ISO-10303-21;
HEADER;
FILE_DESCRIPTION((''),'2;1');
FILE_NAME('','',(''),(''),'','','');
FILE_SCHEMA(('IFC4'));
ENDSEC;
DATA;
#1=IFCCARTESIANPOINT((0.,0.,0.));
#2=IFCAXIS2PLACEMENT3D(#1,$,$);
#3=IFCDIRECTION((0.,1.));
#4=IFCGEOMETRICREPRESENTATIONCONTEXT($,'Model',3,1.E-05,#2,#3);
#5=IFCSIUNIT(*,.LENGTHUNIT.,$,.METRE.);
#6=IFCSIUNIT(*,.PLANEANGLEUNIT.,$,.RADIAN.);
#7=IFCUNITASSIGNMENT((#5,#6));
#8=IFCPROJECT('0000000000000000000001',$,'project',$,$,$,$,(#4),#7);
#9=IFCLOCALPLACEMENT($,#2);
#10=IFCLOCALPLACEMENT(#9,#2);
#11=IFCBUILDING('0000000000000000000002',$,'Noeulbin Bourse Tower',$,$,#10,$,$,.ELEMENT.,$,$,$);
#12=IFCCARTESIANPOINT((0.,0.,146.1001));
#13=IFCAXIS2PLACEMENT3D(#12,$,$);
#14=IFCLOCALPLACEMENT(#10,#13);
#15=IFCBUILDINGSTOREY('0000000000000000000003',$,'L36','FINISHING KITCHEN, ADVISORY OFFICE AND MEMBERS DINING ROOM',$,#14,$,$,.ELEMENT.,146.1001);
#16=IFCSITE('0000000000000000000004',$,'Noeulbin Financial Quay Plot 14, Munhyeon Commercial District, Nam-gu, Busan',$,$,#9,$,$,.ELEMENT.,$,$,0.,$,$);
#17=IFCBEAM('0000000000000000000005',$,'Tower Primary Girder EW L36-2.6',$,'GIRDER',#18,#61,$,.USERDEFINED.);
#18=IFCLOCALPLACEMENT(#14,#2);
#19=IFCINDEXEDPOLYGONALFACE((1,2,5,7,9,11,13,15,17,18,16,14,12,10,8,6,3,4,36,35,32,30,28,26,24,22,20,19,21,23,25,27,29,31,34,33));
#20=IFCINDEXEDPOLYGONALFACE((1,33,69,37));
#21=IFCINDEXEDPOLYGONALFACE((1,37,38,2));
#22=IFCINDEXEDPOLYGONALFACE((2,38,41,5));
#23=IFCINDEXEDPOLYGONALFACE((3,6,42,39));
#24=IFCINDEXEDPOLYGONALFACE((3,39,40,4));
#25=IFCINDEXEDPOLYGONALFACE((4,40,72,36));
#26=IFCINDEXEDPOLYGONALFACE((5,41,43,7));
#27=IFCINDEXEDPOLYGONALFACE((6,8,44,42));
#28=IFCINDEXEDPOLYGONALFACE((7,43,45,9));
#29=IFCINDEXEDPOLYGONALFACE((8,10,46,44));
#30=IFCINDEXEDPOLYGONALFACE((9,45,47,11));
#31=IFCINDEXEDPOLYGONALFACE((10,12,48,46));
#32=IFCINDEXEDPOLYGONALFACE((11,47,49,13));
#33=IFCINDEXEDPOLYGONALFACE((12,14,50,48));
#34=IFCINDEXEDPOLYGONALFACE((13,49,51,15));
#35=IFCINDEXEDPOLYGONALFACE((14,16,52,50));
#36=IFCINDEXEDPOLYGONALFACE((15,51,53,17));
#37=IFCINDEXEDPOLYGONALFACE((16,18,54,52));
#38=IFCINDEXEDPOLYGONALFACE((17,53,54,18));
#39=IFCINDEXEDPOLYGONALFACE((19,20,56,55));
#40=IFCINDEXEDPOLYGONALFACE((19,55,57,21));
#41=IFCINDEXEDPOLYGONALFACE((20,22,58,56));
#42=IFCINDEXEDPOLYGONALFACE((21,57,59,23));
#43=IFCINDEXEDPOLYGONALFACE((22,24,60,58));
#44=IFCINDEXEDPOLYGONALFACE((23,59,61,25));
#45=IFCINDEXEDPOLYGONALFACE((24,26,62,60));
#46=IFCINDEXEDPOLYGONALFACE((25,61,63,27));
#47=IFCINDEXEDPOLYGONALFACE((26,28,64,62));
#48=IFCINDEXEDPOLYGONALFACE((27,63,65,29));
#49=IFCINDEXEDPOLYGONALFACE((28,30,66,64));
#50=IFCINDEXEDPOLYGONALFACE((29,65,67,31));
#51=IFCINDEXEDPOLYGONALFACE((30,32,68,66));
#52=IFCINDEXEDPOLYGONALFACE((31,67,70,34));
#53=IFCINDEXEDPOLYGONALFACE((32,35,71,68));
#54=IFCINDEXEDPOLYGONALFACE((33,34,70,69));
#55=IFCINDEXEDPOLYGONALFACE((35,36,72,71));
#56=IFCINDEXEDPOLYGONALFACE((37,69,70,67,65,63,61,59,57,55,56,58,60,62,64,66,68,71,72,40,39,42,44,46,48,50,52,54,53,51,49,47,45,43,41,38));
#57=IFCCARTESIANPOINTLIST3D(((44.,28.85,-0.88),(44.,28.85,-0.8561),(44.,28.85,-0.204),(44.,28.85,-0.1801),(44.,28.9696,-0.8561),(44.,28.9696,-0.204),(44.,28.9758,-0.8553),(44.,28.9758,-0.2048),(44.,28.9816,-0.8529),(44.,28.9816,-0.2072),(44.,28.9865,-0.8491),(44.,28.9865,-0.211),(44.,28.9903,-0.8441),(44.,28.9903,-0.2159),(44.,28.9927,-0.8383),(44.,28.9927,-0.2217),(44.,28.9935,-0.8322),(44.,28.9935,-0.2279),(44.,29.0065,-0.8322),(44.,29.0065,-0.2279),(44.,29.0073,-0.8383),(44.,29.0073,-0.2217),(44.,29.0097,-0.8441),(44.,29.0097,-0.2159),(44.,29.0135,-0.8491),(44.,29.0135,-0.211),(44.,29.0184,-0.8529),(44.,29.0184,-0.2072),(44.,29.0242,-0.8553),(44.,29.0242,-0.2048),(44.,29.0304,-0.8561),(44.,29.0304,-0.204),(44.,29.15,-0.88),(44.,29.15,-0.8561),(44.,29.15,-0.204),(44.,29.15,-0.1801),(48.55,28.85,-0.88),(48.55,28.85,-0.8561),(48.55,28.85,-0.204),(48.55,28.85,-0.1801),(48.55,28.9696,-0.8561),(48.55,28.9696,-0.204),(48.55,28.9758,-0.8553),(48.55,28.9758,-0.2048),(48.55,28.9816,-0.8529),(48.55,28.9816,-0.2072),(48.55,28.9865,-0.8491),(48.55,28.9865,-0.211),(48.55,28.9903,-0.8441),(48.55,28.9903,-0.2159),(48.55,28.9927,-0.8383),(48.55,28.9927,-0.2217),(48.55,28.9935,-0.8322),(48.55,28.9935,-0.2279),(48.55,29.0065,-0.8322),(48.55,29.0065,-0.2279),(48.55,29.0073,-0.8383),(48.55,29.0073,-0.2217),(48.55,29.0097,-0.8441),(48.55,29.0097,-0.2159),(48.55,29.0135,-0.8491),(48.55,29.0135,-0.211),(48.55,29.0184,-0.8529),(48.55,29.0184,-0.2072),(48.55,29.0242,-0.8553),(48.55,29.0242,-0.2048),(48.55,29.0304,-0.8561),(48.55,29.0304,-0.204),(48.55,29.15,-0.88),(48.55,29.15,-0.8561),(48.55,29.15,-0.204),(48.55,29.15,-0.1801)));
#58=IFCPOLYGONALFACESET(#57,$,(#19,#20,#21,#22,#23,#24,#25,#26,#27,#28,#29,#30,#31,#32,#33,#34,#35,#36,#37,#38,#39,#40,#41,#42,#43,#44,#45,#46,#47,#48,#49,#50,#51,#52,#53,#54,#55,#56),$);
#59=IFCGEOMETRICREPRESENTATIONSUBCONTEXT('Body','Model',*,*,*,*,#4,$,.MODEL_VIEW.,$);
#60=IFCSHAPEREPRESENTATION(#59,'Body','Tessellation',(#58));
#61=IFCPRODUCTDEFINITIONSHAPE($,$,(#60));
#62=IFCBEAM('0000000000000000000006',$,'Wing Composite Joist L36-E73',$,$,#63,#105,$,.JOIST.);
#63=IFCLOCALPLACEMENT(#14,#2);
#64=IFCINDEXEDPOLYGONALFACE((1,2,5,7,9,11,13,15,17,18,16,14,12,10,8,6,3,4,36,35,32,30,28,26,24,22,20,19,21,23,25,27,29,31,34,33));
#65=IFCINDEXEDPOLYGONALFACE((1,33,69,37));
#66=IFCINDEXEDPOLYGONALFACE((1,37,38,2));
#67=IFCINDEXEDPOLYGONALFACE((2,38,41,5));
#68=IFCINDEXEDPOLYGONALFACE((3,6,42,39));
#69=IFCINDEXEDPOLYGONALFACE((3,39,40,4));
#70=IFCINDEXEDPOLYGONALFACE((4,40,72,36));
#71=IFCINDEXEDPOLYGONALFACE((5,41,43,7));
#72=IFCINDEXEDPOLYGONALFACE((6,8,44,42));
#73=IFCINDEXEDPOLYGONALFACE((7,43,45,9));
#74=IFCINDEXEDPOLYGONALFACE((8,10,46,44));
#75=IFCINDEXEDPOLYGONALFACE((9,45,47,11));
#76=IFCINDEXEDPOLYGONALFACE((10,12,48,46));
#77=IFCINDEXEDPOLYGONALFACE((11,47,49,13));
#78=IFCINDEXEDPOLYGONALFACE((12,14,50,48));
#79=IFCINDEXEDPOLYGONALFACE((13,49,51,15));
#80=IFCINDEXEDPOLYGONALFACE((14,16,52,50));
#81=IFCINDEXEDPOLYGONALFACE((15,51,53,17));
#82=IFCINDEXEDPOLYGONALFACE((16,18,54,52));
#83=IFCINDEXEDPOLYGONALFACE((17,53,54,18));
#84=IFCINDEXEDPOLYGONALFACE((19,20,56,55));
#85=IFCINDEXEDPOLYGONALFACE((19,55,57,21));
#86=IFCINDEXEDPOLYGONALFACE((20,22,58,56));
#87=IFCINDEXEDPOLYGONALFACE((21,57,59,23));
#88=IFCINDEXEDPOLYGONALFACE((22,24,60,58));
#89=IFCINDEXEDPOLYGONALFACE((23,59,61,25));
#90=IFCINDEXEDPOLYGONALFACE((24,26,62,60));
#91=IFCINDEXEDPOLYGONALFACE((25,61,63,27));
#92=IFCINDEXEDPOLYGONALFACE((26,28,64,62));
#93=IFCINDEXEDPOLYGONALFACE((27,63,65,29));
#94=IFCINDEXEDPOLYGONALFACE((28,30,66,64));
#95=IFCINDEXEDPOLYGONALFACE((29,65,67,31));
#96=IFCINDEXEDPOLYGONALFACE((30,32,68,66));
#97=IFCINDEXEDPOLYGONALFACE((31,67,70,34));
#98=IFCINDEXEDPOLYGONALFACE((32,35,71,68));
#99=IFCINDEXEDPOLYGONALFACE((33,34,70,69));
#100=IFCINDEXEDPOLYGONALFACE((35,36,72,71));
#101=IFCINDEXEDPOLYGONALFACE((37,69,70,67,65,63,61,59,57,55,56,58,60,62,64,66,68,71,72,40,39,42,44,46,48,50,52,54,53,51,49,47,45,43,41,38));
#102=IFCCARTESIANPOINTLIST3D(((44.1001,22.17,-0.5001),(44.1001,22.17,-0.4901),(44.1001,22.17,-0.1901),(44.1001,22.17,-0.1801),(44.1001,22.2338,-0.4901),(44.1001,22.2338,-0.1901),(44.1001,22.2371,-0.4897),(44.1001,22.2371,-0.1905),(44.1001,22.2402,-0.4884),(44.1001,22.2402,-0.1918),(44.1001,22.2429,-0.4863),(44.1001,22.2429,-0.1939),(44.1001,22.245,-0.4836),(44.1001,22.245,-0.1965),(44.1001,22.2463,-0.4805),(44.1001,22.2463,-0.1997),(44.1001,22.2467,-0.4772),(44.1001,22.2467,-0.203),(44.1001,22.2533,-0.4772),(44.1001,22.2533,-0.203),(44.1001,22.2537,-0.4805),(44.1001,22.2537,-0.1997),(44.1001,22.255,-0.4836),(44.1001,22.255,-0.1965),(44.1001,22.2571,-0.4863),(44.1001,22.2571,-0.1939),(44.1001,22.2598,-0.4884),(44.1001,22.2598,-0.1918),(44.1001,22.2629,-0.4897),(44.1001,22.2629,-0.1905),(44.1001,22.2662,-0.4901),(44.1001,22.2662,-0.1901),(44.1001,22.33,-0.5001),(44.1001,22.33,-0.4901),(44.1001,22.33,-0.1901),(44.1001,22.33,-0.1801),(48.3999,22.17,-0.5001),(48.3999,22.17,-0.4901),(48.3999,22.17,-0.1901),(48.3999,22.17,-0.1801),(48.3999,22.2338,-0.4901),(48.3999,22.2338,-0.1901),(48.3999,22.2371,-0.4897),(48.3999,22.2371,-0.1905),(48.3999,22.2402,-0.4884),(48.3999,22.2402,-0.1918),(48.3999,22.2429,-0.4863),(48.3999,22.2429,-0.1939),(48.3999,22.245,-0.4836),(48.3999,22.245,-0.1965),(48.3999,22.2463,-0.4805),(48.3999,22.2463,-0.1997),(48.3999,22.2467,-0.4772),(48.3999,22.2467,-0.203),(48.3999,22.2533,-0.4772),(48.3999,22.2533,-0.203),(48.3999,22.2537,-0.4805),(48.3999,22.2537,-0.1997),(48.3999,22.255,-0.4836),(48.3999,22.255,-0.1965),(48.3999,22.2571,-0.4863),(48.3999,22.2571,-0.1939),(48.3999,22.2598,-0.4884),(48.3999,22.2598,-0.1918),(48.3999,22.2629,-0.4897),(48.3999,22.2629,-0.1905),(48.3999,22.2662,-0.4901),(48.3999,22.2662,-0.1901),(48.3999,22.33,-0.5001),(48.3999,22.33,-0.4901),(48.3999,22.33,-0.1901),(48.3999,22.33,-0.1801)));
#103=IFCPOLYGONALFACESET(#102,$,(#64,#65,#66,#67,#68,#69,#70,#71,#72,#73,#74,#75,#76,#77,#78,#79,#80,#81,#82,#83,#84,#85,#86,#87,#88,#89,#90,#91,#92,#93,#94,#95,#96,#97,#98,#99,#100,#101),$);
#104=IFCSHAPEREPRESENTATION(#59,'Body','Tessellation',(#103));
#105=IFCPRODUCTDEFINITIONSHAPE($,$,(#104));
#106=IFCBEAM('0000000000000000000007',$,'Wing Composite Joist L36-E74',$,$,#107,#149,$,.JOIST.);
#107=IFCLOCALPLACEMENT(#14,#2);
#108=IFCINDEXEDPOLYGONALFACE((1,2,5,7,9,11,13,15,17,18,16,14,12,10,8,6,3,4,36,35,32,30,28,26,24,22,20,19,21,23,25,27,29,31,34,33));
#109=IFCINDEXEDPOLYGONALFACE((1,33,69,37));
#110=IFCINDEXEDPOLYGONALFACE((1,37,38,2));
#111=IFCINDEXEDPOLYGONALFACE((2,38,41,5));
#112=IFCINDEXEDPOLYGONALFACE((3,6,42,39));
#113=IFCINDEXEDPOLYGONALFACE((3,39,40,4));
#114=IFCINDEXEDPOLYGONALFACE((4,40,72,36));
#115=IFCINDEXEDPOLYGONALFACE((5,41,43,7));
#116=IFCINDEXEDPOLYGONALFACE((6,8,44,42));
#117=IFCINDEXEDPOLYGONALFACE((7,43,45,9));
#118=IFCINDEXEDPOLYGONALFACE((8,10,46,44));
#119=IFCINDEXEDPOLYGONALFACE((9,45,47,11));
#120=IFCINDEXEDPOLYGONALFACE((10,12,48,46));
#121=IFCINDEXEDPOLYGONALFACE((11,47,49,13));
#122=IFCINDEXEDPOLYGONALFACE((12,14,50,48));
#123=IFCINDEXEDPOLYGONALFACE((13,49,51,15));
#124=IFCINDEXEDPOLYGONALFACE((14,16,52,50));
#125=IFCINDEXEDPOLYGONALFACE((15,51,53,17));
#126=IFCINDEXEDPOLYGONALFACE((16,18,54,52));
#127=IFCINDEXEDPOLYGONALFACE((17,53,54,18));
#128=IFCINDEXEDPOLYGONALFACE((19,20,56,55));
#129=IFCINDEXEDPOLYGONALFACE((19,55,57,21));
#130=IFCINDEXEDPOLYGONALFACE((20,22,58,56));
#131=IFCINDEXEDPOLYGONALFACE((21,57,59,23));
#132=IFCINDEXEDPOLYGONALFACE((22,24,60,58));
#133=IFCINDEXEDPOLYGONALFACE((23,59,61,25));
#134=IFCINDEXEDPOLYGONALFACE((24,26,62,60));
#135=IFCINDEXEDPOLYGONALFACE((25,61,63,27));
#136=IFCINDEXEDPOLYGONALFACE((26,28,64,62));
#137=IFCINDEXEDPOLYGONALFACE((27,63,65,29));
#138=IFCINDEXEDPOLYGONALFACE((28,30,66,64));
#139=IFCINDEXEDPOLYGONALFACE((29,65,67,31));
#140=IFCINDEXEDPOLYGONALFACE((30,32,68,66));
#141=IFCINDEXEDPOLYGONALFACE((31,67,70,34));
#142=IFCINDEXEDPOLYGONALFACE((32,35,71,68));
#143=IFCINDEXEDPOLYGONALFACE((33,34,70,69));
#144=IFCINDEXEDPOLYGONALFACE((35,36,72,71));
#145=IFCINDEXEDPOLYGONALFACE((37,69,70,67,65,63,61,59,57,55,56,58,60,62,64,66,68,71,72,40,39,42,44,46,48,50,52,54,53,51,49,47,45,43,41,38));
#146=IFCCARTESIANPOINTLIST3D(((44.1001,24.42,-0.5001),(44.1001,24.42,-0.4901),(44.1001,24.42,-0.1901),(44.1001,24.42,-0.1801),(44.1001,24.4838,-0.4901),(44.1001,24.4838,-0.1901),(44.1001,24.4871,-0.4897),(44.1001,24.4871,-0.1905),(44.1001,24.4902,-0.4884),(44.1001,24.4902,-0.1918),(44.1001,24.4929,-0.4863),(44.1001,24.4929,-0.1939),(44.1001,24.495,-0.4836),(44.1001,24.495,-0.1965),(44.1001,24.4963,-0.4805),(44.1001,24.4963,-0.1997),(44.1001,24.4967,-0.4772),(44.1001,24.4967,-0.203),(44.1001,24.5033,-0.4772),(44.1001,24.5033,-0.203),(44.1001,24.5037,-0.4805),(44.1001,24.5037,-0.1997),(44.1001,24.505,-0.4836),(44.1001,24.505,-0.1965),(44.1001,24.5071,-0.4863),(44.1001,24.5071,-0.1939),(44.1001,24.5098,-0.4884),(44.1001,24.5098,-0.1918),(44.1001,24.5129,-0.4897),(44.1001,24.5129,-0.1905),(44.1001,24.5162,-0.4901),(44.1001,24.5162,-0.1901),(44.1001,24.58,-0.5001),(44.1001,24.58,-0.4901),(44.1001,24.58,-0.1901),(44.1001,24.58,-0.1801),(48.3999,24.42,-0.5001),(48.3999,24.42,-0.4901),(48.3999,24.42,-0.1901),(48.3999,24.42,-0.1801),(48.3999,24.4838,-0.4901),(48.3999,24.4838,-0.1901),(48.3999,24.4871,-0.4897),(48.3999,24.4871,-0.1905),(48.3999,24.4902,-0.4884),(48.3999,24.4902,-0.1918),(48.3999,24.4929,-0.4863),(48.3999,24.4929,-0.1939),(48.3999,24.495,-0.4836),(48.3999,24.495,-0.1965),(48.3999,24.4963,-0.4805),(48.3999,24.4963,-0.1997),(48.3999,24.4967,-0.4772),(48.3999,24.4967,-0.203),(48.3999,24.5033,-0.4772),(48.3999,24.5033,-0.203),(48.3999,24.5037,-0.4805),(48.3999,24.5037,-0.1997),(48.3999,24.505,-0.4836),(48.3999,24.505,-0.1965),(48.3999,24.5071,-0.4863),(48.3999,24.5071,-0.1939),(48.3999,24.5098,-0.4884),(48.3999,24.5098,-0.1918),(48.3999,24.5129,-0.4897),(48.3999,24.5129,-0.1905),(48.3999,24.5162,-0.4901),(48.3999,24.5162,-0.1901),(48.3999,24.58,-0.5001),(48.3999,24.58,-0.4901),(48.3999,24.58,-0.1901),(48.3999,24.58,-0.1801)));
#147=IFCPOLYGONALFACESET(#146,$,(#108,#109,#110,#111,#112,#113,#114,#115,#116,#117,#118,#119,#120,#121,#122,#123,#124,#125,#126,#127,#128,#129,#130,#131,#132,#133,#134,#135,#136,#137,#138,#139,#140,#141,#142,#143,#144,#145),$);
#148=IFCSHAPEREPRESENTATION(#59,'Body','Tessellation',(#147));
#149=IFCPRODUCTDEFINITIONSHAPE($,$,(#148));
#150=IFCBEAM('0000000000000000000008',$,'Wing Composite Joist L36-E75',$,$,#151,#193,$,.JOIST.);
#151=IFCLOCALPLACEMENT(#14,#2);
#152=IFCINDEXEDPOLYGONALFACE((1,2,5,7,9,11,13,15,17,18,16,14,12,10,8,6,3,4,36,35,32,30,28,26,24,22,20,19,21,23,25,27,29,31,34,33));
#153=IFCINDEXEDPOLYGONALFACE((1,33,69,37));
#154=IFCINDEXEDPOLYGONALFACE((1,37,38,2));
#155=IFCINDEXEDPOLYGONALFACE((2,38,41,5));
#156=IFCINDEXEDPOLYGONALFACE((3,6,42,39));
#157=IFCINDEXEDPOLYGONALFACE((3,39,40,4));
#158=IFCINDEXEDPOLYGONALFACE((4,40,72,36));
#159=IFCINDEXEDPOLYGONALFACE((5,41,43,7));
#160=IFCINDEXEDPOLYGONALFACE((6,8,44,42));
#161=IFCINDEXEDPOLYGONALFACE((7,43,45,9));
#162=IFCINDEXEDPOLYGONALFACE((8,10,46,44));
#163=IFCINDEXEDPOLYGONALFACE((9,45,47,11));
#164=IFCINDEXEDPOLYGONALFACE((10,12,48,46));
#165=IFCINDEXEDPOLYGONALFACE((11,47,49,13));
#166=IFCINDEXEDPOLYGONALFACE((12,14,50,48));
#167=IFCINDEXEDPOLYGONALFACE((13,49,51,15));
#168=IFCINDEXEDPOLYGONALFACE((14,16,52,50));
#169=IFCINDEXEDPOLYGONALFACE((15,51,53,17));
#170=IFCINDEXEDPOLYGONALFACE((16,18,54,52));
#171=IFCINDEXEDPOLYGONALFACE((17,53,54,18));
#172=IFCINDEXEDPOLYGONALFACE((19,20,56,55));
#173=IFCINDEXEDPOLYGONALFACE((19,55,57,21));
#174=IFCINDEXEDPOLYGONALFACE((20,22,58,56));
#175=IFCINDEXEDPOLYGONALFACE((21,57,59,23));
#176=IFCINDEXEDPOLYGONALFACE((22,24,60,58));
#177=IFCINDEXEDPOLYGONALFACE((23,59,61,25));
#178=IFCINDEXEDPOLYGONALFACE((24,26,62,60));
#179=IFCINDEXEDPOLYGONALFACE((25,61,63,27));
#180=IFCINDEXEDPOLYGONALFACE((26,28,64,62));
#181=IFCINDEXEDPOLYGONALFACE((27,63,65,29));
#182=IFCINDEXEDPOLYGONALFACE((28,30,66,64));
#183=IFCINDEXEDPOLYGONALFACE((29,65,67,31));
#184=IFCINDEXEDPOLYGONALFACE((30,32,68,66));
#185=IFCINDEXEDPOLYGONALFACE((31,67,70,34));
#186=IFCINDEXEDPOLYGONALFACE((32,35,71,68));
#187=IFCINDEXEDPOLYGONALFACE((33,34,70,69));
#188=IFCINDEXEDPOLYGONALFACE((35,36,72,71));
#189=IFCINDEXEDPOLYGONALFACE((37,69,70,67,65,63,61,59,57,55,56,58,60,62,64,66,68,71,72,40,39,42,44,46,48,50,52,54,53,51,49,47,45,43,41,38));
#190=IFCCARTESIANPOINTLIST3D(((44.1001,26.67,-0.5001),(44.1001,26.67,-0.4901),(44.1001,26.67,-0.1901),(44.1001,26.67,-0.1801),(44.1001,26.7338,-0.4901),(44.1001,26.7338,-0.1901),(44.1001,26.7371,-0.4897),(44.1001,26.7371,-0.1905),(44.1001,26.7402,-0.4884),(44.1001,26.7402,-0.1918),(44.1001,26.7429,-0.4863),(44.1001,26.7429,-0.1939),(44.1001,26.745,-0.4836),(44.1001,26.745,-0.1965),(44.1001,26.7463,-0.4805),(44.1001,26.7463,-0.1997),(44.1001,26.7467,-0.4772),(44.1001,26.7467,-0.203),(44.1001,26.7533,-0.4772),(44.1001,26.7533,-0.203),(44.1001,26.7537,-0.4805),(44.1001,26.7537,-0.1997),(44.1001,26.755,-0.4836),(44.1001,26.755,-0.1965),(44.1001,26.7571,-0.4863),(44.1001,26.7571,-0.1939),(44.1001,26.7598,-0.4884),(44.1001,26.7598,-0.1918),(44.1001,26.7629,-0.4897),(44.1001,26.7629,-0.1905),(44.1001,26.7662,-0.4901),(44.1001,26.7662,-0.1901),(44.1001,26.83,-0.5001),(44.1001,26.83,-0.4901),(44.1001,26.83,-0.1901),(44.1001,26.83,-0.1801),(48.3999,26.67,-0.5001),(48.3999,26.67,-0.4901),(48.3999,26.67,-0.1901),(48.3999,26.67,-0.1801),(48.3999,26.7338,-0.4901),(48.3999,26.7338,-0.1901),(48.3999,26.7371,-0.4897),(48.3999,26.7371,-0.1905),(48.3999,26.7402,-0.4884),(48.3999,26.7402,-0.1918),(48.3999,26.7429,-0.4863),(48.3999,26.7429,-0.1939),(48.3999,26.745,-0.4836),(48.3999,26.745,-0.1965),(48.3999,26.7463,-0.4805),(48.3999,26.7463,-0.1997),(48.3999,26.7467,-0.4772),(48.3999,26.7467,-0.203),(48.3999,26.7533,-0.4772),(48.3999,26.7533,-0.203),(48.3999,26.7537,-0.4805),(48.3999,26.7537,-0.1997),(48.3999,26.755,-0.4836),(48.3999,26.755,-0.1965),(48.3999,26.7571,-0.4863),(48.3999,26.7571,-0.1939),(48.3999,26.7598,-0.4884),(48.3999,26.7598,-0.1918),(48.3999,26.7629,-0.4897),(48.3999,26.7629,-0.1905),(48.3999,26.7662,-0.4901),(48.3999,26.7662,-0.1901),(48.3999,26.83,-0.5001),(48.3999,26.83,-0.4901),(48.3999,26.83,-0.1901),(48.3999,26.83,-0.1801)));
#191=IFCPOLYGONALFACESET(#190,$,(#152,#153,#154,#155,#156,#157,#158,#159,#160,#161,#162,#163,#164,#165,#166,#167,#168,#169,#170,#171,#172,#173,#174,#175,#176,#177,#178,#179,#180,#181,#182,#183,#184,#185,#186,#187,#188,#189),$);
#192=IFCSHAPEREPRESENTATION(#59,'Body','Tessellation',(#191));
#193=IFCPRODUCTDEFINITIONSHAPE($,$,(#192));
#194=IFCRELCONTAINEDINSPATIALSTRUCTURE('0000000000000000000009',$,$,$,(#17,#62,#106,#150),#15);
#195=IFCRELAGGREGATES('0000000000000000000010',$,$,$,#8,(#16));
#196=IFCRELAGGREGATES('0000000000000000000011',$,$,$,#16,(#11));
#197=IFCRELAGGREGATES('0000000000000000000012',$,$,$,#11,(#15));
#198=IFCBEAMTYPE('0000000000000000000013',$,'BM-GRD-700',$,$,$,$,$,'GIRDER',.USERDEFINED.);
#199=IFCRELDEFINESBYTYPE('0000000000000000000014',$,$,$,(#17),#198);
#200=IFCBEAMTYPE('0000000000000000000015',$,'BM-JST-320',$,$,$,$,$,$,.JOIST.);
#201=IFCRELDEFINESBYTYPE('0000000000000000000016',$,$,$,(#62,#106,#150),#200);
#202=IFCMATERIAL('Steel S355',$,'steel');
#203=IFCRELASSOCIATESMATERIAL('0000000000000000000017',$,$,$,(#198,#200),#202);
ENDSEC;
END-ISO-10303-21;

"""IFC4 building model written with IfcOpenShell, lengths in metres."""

from ifc_helpers import new_model, si_unit, direction, frame, origin, origin_2d, place, context, subcontext, project, spatial, i_section, extrude, material, material_profile, profile_set, type_object, element, save


model = new_model("IFC4")

# Units and contexts
model_context = context("Model", 3, precision=1e-05, world=origin(), true_north=direction((0.0, 1.0)))
body_context = subcontext(model_context, "Body", "Model", "MODEL_VIEW")
ifc_project = project(units=[si_unit("LENGTHUNIT", "METRE"), si_unit("PLANEANGLEUNIT", "RADIAN")], contexts=[model_context])

# Site, building, storey
site_placement = place(None, origin())
site = spatial("IfcSite", under=ifc_project, at=site_placement, Name="Noeulbin Financial Quay Plot 14, Munhyeon Commercial District, Nam-gu, Busan", CompositionType="ELEMENT", RefElevation=0.0)
building_placement = place(site_placement, origin())
building = spatial("IfcBuilding", under=site, at=building_placement, Name="Noeulbin Bourse Tower", CompositionType="ELEMENT")
storey_placement = place(building_placement, frame((0.0, 0.0, 146.1001)))
storey = spatial("IfcBuildingStorey", under=building, at=storey_placement, Name="L36", Description="FINISHING KITCHEN, ADVISORY OFFICE AND MEMBERS DINING ROOM", CompositionType="ELEMENT", Elevation=146.1001)

# Shared definitions
ifc_material_1 = material(Name="Steel S355", Category="steel")

# Beams
ifc_material_profile_1 = material_profile(ifc_material_1, i_section(OverallWidth=0.3, OverallDepth=0.7, WebThickness=0.0129, FlangeThickness=0.0239, FilletRadius=0.0239, at=origin_2d()), Name="H-700x300x13x24", Category="LoadBearing")
ifc_profile_set_1 = profile_set([ifc_material_profile_1], Name="Steel S355")
beam_type_1 = type_object("IfcBeamType", Name="BM-GRD-700", ElementType="GIRDER", PredefinedType="USERDEFINED", material=ifc_profile_set_1)
beam_1_placement = place(storey_placement, frame((44.0, 29.0, -0.53), z_axis=(1.0, 0.0, 0.0), x_axis=(0.0, 1.0, 0.0)))
element("IfcBeam", 1, at=beam_1_placement, inside=storey, type_object=beam_type_1, Name="Tower Primary Girder EW L36-2.6", ObjectType="GIRDER", PredefinedType="USERDEFINED", context=body_context, shape_type="SweptSolid", body=[
    extrude(i_section(OverallWidth=0.3, OverallDepth=0.7, WebThickness=0.0129, FlangeThickness=0.0239, FilletRadius=0.0239, at=origin_2d()), origin(), (0.0, 0.0, 1.0), 4.55),
])
ifc_material_profile_2 = material_profile(ifc_material_1, i_section(OverallWidth=0.1599, OverallDepth=0.3201, WebThickness=0.0066, FlangeThickness=0.01, FilletRadius=0.0129, at=origin_2d()), Name="H-320x160x6.5x10", Category="LoadBearing")
ifc_profile_set_2 = profile_set([ifc_material_profile_2], Name="Steel S355")
beam_type_2 = type_object("IfcBeamType", Name="BM-JST-320", PredefinedType="JOIST", material=ifc_profile_set_2)
for number, where, z_axis, x_axis, name in (
    (2, (44.1001, 22.25, -0.3401), (1.0, 0.0, 0.0), (0.0, 1.0, 0.0), "Wing Composite Joist L36-E73"),
    (3, (44.1001, 24.5, -0.3401), (1.0, 0.0, 0.0), (0.0, 1.0, 0.0), "Wing Composite Joist L36-E74"),
    (4, (44.1001, 26.75, -0.3401), (1.0, 0.0, 0.0), (0.0, 1.0, 0.0), "Wing Composite Joist L36-E75"),
):
    element("IfcBeam", number, at=place(storey_placement, frame(where, z_axis=z_axis, x_axis=x_axis)), inside=storey, type_object=beam_type_2, Name=name, PredefinedType="JOIST", context=body_context, shape_type="SweptSolid", body=[
        extrude(i_section(OverallWidth=0.1599, OverallDepth=0.3201, WebThickness=0.0066, FlangeThickness=0.01, FilletRadius=0.0129, at=origin_2d()), origin(), (0.0, 0.0, 1.0), 4.2998),
    ])

save(model, "model.ifc")
